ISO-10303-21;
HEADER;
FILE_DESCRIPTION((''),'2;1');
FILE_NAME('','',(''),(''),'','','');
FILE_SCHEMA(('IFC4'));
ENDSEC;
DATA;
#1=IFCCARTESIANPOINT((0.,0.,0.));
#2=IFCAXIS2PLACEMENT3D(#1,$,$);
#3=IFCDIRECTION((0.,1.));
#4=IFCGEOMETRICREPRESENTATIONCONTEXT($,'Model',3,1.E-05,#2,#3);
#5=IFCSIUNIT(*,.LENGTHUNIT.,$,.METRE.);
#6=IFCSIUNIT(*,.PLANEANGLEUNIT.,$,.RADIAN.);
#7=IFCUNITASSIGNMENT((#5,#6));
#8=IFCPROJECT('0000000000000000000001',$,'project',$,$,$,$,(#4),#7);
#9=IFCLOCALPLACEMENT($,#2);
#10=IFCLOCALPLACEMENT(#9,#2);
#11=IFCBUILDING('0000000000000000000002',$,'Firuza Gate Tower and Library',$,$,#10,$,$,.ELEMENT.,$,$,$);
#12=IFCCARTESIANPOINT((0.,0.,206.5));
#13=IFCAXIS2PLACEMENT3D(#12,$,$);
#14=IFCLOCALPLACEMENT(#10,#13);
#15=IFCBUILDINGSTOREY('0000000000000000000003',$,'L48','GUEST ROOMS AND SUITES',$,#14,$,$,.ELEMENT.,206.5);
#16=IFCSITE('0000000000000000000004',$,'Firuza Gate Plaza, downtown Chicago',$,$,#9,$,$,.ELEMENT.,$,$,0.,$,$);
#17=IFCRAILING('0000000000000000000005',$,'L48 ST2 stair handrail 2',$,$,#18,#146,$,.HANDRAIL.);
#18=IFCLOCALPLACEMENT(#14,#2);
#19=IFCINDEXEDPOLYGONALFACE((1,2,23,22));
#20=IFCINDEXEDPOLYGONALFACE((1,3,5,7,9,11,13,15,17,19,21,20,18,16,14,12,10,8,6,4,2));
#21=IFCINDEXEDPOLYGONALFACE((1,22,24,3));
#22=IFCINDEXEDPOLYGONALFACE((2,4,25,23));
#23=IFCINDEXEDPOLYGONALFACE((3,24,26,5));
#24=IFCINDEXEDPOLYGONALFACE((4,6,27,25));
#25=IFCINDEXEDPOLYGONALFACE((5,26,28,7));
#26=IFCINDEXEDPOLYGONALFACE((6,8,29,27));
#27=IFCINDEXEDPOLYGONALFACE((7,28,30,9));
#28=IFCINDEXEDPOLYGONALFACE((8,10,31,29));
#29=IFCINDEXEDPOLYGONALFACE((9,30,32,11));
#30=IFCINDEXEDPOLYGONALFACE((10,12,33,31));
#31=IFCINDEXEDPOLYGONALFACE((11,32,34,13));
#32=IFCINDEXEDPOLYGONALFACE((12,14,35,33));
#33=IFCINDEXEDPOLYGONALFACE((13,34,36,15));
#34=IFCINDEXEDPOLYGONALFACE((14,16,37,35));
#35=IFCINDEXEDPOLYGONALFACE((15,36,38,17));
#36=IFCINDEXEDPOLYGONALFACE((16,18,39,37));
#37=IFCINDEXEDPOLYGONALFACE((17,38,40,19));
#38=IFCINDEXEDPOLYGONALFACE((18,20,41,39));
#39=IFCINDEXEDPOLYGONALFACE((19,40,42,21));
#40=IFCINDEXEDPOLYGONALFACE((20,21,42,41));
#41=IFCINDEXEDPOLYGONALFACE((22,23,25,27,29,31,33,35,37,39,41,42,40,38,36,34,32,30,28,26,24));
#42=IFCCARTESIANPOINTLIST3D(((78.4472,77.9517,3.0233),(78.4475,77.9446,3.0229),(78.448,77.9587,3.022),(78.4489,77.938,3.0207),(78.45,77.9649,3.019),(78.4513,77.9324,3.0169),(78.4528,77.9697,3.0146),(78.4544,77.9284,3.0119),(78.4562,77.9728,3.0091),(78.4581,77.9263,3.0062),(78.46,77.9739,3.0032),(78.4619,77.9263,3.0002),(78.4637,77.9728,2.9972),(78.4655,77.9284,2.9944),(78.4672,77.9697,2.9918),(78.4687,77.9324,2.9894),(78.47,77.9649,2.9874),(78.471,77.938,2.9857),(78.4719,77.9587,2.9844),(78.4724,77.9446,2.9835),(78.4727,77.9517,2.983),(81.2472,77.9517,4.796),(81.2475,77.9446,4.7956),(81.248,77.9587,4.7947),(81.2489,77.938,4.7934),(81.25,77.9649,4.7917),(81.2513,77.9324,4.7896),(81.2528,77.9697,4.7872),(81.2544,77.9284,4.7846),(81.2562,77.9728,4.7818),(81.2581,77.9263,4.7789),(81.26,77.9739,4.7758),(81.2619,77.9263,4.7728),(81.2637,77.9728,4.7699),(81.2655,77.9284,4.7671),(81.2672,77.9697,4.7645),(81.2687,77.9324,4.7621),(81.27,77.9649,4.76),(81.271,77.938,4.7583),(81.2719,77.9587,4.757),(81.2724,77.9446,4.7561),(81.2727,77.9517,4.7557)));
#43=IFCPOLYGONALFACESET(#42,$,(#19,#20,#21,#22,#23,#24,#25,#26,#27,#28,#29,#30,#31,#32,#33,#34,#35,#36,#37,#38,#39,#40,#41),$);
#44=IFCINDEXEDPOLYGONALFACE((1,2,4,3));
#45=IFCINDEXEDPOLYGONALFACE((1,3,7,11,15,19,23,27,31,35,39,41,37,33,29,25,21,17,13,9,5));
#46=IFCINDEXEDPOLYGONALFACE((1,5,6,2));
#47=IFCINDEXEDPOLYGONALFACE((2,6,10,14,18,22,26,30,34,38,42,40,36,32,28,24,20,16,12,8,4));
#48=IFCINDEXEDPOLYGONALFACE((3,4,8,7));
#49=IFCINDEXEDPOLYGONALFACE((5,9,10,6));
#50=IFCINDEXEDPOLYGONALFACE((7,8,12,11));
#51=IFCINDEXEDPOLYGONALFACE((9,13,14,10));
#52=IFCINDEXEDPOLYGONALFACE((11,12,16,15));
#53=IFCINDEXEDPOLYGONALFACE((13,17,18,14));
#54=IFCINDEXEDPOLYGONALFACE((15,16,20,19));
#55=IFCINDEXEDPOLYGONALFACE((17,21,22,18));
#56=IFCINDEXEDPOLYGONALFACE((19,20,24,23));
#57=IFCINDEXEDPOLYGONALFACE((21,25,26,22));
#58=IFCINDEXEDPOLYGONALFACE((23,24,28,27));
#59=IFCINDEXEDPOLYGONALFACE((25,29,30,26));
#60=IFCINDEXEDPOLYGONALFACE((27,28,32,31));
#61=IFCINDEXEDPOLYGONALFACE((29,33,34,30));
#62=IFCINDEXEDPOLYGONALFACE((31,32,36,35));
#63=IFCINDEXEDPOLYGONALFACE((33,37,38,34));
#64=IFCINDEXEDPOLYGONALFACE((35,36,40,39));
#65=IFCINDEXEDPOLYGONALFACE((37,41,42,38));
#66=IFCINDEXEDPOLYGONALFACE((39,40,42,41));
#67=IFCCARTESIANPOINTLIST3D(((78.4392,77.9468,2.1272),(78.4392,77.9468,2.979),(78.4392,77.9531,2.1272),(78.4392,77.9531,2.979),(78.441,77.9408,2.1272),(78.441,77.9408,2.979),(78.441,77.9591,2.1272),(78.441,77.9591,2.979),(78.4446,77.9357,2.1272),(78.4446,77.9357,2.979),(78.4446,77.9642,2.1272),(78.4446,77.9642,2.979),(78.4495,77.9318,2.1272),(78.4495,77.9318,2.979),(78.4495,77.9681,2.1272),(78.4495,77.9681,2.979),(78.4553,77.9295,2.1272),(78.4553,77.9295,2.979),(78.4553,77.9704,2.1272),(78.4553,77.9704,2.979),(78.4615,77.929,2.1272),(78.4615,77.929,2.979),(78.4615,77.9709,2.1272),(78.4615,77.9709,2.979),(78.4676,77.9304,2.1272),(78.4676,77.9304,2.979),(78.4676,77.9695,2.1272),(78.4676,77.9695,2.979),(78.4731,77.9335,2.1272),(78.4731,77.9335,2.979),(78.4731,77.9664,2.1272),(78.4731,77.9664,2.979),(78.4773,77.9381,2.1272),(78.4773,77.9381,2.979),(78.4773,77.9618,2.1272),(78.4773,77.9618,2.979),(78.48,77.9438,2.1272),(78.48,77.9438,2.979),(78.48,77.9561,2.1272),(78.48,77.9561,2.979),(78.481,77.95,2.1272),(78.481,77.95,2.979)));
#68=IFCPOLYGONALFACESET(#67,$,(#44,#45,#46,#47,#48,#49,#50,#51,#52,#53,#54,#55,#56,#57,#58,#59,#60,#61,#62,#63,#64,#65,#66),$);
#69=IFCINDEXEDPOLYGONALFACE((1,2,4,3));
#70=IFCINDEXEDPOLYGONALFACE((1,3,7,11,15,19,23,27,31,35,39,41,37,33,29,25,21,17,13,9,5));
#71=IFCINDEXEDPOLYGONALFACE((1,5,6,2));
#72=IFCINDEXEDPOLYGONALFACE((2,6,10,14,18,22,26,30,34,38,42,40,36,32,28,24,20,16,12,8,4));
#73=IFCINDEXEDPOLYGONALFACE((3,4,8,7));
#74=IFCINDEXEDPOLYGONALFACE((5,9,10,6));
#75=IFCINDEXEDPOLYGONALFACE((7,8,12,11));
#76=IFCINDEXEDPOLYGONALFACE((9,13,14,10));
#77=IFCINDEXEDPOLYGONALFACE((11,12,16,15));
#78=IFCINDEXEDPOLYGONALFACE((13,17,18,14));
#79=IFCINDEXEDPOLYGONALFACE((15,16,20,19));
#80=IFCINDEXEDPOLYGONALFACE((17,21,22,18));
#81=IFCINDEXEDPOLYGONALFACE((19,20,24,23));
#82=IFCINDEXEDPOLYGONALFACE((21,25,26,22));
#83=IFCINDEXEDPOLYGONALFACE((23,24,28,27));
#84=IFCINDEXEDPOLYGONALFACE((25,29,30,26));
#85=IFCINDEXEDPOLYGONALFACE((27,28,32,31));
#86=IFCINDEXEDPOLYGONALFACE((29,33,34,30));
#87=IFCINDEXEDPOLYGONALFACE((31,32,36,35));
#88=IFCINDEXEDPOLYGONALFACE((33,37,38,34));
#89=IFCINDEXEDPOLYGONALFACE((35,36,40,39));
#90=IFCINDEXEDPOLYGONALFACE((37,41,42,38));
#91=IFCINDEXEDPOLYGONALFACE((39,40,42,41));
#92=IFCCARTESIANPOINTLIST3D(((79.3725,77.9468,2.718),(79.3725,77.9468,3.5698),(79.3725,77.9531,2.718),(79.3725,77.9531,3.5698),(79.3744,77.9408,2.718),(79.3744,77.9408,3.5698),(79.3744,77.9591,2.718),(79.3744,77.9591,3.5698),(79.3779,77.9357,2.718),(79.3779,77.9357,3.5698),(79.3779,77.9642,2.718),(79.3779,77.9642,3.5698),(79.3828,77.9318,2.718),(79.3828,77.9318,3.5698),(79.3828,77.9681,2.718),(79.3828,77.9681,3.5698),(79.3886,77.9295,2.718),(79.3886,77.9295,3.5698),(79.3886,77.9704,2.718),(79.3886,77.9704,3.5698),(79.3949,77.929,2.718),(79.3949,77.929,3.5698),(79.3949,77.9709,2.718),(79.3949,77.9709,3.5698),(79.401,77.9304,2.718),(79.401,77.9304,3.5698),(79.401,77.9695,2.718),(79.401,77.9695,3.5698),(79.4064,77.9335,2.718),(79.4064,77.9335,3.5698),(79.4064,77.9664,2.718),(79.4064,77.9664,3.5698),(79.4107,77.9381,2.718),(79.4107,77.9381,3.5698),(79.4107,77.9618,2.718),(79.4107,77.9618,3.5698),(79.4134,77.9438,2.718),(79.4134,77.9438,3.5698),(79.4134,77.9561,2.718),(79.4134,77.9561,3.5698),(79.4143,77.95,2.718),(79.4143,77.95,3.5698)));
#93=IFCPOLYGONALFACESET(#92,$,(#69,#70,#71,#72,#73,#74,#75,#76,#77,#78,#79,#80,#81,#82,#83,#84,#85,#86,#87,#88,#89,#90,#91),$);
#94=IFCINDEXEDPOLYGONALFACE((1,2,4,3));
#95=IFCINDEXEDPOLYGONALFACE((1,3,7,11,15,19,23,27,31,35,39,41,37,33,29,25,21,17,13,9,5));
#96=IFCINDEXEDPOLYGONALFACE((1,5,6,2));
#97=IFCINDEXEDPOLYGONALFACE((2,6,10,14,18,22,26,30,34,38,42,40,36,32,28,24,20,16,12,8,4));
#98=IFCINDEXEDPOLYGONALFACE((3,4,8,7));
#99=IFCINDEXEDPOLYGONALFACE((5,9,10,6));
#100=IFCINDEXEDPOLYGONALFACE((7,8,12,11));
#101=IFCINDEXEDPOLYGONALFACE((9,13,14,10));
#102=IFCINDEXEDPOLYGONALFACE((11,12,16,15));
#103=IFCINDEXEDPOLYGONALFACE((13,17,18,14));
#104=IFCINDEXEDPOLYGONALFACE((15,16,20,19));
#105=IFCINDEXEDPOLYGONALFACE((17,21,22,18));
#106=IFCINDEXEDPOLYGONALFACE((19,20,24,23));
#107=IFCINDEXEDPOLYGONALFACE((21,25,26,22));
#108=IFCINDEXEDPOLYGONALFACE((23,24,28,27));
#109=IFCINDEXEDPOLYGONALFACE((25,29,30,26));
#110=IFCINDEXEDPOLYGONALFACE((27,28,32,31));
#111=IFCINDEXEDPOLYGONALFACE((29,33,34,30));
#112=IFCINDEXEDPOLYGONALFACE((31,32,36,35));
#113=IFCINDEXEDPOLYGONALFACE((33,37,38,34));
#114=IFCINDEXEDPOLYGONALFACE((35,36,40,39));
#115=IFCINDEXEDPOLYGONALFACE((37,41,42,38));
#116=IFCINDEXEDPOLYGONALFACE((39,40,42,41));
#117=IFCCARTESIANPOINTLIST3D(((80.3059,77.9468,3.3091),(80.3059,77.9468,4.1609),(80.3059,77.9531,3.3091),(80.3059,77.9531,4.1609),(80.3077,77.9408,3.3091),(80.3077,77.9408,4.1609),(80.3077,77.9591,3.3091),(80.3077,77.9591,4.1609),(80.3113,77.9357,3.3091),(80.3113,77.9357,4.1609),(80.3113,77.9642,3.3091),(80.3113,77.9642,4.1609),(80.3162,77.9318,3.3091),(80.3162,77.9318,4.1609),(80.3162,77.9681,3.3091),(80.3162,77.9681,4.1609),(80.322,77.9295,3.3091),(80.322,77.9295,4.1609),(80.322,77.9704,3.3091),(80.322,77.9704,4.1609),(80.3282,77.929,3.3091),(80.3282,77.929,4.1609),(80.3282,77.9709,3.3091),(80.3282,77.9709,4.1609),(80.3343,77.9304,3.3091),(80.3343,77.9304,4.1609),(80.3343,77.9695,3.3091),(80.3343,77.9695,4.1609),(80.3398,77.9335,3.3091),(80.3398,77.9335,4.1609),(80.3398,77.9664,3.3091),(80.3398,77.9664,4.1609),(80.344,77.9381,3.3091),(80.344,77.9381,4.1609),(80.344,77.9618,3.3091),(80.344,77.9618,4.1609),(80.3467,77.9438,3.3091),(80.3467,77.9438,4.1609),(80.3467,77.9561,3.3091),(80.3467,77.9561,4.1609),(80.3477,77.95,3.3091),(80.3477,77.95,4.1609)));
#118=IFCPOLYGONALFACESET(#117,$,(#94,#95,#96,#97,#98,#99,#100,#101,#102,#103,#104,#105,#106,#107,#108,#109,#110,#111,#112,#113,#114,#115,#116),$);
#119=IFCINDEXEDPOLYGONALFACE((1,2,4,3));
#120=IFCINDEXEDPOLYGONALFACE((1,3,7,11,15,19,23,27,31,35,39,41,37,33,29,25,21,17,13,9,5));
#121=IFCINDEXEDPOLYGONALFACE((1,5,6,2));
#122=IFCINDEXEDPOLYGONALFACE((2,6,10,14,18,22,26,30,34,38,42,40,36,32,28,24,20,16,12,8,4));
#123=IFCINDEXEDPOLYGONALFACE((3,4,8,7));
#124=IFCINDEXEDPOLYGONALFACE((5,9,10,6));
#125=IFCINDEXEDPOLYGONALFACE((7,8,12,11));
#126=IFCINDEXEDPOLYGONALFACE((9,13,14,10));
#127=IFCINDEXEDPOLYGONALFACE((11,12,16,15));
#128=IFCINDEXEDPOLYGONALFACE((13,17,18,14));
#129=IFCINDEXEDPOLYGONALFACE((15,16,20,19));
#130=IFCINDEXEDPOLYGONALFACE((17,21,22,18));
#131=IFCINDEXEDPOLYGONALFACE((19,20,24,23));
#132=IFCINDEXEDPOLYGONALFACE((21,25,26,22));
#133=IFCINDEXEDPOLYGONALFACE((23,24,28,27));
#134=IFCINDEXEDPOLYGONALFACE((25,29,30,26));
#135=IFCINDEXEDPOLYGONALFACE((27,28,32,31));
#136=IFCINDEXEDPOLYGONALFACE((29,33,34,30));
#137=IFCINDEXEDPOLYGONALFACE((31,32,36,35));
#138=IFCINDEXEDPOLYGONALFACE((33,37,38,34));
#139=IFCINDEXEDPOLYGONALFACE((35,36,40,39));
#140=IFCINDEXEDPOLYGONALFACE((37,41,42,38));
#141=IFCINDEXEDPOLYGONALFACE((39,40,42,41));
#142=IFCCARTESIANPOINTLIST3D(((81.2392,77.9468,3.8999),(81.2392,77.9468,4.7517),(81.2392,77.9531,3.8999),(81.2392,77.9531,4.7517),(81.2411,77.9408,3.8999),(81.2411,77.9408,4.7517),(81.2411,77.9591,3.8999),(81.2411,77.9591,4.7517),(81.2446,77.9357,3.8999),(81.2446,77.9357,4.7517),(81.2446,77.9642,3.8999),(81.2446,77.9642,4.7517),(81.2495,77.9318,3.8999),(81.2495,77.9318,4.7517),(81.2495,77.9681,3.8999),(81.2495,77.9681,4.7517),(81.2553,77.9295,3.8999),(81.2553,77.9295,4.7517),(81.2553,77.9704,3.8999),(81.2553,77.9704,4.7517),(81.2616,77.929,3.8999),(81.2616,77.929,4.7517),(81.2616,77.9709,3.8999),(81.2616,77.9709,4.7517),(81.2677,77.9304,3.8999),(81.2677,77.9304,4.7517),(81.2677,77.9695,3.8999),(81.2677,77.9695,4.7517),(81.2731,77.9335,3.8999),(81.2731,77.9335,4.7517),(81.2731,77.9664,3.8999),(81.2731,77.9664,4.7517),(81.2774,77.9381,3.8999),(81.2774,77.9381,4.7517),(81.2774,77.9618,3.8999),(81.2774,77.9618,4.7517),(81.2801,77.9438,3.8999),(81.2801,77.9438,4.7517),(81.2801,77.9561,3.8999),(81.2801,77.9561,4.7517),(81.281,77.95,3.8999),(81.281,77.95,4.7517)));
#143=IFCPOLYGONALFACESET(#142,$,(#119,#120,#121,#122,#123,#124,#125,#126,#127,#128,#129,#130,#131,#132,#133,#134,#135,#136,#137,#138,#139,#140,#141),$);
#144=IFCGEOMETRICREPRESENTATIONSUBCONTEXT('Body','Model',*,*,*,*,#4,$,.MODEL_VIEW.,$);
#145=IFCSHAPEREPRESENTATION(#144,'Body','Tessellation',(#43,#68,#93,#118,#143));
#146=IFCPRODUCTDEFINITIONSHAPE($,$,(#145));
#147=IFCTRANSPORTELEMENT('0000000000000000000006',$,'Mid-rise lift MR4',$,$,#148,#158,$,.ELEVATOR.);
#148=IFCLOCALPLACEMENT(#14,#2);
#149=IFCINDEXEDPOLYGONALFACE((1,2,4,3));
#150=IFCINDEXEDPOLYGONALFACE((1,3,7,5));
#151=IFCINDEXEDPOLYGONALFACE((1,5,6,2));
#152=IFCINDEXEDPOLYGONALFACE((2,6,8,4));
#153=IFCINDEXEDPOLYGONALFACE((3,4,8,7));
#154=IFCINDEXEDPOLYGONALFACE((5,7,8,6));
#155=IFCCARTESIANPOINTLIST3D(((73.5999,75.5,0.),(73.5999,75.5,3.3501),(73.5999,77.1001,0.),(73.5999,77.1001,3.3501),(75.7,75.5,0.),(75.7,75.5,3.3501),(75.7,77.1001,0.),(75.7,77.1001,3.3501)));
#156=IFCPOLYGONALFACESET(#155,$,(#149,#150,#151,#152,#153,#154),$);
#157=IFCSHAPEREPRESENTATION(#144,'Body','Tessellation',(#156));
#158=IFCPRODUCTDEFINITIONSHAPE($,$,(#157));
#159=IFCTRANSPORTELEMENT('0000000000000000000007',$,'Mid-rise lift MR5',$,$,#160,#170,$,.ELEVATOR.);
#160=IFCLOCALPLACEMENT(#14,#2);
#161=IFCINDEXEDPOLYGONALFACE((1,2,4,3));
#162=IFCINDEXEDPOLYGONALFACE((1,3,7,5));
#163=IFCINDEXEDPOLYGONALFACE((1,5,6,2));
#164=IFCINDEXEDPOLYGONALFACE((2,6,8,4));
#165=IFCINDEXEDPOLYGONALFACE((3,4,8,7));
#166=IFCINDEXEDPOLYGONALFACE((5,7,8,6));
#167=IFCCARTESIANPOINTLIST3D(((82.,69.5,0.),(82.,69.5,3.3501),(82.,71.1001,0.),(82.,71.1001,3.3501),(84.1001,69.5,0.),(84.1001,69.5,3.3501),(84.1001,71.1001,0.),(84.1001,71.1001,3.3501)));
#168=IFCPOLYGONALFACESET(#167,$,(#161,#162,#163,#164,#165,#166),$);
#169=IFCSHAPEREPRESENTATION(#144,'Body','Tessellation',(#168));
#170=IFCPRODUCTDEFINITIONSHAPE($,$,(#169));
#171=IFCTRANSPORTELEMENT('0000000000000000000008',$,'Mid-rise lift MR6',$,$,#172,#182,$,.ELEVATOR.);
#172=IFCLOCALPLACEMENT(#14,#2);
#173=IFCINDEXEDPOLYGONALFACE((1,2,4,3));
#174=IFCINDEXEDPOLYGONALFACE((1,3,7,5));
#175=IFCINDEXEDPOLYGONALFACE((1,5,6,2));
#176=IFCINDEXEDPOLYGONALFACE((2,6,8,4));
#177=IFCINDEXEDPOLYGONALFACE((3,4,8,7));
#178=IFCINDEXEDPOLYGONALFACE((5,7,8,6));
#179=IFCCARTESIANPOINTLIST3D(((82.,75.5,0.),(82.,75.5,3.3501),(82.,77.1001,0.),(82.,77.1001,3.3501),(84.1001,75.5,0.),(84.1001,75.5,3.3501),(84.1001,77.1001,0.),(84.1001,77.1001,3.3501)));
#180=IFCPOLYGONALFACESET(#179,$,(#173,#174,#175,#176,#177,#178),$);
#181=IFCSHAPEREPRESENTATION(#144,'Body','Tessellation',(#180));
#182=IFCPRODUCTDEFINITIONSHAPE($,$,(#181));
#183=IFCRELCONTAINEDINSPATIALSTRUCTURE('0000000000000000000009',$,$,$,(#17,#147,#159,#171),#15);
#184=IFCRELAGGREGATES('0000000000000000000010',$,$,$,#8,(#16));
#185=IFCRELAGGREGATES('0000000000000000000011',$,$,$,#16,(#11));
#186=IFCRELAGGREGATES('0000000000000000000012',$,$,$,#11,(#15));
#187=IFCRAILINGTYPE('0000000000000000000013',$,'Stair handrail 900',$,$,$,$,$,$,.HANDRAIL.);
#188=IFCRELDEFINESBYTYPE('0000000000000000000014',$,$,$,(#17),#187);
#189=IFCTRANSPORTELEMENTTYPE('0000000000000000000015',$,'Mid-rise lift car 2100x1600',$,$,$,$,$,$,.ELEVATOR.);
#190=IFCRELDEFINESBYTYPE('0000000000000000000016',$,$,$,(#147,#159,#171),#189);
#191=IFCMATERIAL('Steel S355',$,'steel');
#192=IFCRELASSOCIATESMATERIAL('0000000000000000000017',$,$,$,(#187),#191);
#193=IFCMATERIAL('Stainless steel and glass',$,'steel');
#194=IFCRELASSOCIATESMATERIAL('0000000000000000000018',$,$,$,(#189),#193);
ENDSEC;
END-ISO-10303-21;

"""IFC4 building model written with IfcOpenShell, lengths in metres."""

from ifc_helpers import new_model, si_unit, direction, frame, origin, origin_2d, place, context, subcontext, project, spatial, rectangle, circle, extrude, material, type_object, element, save


model = new_model("IFC4")

# Units and contexts
model_context = context("Model", 3, precision=1e-05, world=origin(), true_north=direction((0.0, 1.0)))
body_context = subcontext(model_context, "Body", "Model", "MODEL_VIEW")
ifc_project = project(units=[si_unit("LENGTHUNIT", "METRE"), si_unit("PLANEANGLEUNIT", "RADIAN")], contexts=[model_context])

# Site, building, storey
site_placement = place(None, origin())
site = spatial("IfcSite", under=ifc_project, at=site_placement, Name="Firuza Gate Plaza, downtown Chicago", CompositionType="ELEMENT", RefElevation=0.0)
building_placement = place(site_placement, origin())
building = spatial("IfcBuilding", under=site, at=building_placement, Name="Firuza Gate Tower and Library", CompositionType="ELEMENT")
storey_placement = place(building_placement, frame((0.0, 0.0, 206.5)))
storey = spatial("IfcBuildingStorey", under=building, at=storey_placement, Name="L48", Description="GUEST ROOMS AND SUITES", CompositionType="ELEMENT", Elevation=206.5)

# Railing
ifc_material_1 = material(Name="Steel S355", Category="steel")
railing_type_1 = type_object("IfcRailingType", Name="Stair handrail 900", PredefinedType="HANDRAIL", material=ifc_material_1)
railing_1_placement = place(storey_placement, frame((78.46, 77.95, 2.1272)))
element("IfcRailing", 1, at=railing_1_placement, inside=storey, type_object=railing_type_1, Name="L48 ST2 stair handrail 2", PredefinedType="HANDRAIL", context=body_context, shape_type="SweptSolid", body=[
    extrude(circle(Radius=0.0239, at=origin_2d()), frame((0.0, 0.0, 0.876), z_axis=(0.844909, 0.0, 0.53491), x_axis=(0.0, 1.0, 0.0)), (0.0, 0.0, 1.0), 3.314),
    extrude(circle(Radius=0.021, at=origin_2d()), origin(), (0.0, 0.0, 1.0), 0.8518),
    extrude(circle(Radius=0.021, at=origin_2d()), frame((0.9333, 0.0, 0.5908)), (0.0, 0.0, 1.0), 0.8518),
    extrude(circle(Radius=0.021, at=origin_2d()), frame((1.8667, 0.0, 1.1819)), (0.0, 0.0, 1.0), 0.8518),
    extrude(circle(Radius=0.021, at=origin_2d()), frame((2.8, 0.0, 1.7727)), (0.0, 0.0, 1.0), 0.8518),
])

# Transport elements
ifc_material_2 = material(Name="Stainless steel and glass", Category="steel")
transport_element_type = type_object("IfcTransportElementType", Name="Mid-rise lift car 2100x1600", PredefinedType="ELEVATOR", material=ifc_material_2)
for number, where, z_axis, x_axis, name in (
    (2, (74.6499, 76.3, 0.0), (0.0, 0.0, 1.0), (1.0, 0.0, 0.0), "Mid-rise lift MR4"),
    (3, (83.05, 70.3, 0.0), (0.0, 0.0, 1.0), (1.0, 0.0, 0.0), "Mid-rise lift MR5"),
    (4, (83.05, 76.3, 0.0), (0.0, 0.0, 1.0), (1.0, 0.0, 0.0), "Mid-rise lift MR6"),
):
    element("IfcTransportElement", number, at=place(storey_placement, frame(where, z_axis=z_axis, x_axis=x_axis)), inside=storey, type_object=transport_element_type, Name=name, PredefinedType="ELEVATOR", context=body_context, shape_type="SweptSolid", body=[
        extrude(rectangle(XDim=2.1001, YDim=1.6001, at=origin_2d()), origin(), (0.0, 0.0, 1.0), 3.3501),
    ])

save(model, "model.ifc")
